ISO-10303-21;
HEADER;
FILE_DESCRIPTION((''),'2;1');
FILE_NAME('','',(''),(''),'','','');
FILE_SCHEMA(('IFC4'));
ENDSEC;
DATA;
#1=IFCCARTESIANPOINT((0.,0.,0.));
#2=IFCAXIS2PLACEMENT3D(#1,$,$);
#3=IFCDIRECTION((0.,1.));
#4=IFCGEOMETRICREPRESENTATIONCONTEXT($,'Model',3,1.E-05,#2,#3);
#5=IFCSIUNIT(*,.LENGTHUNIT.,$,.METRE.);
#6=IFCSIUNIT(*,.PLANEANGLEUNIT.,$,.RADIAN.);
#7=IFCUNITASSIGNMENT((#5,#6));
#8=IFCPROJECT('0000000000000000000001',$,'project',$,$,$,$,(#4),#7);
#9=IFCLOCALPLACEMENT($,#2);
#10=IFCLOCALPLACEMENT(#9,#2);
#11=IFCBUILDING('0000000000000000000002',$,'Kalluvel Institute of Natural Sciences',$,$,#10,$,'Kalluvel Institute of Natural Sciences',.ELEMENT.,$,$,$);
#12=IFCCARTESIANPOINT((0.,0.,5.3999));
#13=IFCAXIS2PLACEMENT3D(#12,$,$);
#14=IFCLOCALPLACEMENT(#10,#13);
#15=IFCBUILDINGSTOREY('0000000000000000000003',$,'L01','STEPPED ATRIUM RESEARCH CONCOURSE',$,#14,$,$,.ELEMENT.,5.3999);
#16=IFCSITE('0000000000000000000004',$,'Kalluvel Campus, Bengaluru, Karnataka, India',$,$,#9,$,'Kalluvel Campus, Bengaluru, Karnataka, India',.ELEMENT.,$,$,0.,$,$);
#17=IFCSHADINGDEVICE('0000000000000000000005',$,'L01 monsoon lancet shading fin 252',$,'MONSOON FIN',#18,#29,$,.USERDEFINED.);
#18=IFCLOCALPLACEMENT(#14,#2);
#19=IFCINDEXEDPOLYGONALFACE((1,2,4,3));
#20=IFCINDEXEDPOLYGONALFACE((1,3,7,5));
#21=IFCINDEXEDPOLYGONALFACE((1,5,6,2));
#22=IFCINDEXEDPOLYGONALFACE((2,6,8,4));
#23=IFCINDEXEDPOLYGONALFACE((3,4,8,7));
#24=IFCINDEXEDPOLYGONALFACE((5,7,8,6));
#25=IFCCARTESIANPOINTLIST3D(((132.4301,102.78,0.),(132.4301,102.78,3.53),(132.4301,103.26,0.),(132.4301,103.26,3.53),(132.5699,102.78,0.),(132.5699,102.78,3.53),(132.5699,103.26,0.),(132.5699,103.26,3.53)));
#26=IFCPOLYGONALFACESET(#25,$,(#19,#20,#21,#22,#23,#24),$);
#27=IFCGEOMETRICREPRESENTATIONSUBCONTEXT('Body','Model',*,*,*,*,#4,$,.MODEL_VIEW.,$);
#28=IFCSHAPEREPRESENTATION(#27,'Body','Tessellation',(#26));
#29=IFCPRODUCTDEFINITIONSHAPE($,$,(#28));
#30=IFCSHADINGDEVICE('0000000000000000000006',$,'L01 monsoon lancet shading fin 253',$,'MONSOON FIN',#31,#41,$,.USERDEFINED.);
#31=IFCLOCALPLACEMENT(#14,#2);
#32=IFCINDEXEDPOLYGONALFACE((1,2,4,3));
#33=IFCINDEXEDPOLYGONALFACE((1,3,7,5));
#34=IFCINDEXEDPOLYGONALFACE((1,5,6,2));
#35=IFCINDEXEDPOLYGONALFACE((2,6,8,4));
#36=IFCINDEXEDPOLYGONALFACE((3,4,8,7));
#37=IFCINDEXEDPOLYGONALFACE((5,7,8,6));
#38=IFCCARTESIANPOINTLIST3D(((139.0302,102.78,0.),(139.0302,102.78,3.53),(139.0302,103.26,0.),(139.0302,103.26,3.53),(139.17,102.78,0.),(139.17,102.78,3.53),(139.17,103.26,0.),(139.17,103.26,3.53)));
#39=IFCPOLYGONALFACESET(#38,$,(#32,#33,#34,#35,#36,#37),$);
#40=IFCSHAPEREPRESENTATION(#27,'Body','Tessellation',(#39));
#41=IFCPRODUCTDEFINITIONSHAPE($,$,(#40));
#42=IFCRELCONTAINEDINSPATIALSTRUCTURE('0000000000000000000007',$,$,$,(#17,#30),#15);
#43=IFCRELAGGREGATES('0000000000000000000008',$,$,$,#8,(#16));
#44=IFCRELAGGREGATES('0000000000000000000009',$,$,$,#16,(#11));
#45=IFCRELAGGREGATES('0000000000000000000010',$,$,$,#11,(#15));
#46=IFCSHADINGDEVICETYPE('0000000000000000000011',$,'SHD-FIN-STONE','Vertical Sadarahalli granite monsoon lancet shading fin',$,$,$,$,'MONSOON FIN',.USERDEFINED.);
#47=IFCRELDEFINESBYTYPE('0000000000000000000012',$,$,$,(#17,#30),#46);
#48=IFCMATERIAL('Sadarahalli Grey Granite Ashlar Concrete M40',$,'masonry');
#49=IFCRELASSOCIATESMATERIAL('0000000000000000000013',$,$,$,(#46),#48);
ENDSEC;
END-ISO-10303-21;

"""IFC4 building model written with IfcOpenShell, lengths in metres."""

from ifc_helpers import new_model, si_unit, direction, frame, origin, origin_2d, place, context, subcontext, project, spatial, rectangle, extrude, material, type_object, element, save


model = new_model("IFC4")

# Units and contexts
model_context = context("Model", 3, precision=1e-05, world=origin(), true_north=direction((0.0, 1.0)))
body_context = subcontext(model_context, "Body", "Model", "MODEL_VIEW")
ifc_project = project(units=[si_unit("LENGTHUNIT", "METRE"), si_unit("PLANEANGLEUNIT", "RADIAN")], contexts=[model_context])

# Site, building, storey
site_placement = place(None, origin())
site = spatial("IfcSite", under=ifc_project, at=site_placement, Name="Kalluvel Campus, Bengaluru, Karnataka, India", LongName="Kalluvel Campus, Bengaluru, Karnataka, India", CompositionType="ELEMENT", RefElevation=0.0)
building_placement = place(site_placement, origin())
building = spatial("IfcBuilding", under=site, at=building_placement, Name="Kalluvel Institute of Natural Sciences", LongName="Kalluvel Institute of Natural Sciences", CompositionType="ELEMENT")
storey_placement = place(building_placement, frame((0.0, 0.0, 5.3999)))
storey = spatial("IfcBuildingStorey", under=building, at=storey_placement, Name="L01", Description="STEPPED ATRIUM RESEARCH CONCOURSE", CompositionType="ELEMENT", Elevation=5.3999)

# Shared definitions
ifc_material_1 = material(Name="Sadarahalli Grey Granite Ashlar Concrete M40", Category="masonry")

# Shading devices
shading_device_type = type_object("IfcShadingDeviceType", Name="SHD-FIN-STONE", Description="Vertical Sadarahalli granite monsoon lancet shading fin", ElementType="MONSOON FIN", PredefinedType="USERDEFINED", material=ifc_material_1)
for number, where, z_axis, x_axis, name in (
    (1, (132.5, 103.02, 0.0), (0.0, 0.0, 1.0), (1.0, 0.0, 0.0), "L01 monsoon lancet shading fin 252"),
    (2, (139.1001, 103.02, 0.0), (0.0, 0.0, 1.0), (1.0, 0.0, 0.0), "L01 monsoon lancet shading fin 253"),
):
    element("IfcShadingDevice", number, at=place(storey_placement, frame(where, z_axis=z_axis, x_axis=x_axis)), inside=storey, type_object=shading_device_type, Name=name, ObjectType="MONSOON FIN", PredefinedType="USERDEFINED", context=body_context, shape_type="SweptSolid", body=[
        extrude(rectangle(XDim=0.1399, YDim=0.48, at=origin_2d()), origin(), (0.0, 0.0, 1.0), 3.53),
    ])

save(model, "model.ifc")
